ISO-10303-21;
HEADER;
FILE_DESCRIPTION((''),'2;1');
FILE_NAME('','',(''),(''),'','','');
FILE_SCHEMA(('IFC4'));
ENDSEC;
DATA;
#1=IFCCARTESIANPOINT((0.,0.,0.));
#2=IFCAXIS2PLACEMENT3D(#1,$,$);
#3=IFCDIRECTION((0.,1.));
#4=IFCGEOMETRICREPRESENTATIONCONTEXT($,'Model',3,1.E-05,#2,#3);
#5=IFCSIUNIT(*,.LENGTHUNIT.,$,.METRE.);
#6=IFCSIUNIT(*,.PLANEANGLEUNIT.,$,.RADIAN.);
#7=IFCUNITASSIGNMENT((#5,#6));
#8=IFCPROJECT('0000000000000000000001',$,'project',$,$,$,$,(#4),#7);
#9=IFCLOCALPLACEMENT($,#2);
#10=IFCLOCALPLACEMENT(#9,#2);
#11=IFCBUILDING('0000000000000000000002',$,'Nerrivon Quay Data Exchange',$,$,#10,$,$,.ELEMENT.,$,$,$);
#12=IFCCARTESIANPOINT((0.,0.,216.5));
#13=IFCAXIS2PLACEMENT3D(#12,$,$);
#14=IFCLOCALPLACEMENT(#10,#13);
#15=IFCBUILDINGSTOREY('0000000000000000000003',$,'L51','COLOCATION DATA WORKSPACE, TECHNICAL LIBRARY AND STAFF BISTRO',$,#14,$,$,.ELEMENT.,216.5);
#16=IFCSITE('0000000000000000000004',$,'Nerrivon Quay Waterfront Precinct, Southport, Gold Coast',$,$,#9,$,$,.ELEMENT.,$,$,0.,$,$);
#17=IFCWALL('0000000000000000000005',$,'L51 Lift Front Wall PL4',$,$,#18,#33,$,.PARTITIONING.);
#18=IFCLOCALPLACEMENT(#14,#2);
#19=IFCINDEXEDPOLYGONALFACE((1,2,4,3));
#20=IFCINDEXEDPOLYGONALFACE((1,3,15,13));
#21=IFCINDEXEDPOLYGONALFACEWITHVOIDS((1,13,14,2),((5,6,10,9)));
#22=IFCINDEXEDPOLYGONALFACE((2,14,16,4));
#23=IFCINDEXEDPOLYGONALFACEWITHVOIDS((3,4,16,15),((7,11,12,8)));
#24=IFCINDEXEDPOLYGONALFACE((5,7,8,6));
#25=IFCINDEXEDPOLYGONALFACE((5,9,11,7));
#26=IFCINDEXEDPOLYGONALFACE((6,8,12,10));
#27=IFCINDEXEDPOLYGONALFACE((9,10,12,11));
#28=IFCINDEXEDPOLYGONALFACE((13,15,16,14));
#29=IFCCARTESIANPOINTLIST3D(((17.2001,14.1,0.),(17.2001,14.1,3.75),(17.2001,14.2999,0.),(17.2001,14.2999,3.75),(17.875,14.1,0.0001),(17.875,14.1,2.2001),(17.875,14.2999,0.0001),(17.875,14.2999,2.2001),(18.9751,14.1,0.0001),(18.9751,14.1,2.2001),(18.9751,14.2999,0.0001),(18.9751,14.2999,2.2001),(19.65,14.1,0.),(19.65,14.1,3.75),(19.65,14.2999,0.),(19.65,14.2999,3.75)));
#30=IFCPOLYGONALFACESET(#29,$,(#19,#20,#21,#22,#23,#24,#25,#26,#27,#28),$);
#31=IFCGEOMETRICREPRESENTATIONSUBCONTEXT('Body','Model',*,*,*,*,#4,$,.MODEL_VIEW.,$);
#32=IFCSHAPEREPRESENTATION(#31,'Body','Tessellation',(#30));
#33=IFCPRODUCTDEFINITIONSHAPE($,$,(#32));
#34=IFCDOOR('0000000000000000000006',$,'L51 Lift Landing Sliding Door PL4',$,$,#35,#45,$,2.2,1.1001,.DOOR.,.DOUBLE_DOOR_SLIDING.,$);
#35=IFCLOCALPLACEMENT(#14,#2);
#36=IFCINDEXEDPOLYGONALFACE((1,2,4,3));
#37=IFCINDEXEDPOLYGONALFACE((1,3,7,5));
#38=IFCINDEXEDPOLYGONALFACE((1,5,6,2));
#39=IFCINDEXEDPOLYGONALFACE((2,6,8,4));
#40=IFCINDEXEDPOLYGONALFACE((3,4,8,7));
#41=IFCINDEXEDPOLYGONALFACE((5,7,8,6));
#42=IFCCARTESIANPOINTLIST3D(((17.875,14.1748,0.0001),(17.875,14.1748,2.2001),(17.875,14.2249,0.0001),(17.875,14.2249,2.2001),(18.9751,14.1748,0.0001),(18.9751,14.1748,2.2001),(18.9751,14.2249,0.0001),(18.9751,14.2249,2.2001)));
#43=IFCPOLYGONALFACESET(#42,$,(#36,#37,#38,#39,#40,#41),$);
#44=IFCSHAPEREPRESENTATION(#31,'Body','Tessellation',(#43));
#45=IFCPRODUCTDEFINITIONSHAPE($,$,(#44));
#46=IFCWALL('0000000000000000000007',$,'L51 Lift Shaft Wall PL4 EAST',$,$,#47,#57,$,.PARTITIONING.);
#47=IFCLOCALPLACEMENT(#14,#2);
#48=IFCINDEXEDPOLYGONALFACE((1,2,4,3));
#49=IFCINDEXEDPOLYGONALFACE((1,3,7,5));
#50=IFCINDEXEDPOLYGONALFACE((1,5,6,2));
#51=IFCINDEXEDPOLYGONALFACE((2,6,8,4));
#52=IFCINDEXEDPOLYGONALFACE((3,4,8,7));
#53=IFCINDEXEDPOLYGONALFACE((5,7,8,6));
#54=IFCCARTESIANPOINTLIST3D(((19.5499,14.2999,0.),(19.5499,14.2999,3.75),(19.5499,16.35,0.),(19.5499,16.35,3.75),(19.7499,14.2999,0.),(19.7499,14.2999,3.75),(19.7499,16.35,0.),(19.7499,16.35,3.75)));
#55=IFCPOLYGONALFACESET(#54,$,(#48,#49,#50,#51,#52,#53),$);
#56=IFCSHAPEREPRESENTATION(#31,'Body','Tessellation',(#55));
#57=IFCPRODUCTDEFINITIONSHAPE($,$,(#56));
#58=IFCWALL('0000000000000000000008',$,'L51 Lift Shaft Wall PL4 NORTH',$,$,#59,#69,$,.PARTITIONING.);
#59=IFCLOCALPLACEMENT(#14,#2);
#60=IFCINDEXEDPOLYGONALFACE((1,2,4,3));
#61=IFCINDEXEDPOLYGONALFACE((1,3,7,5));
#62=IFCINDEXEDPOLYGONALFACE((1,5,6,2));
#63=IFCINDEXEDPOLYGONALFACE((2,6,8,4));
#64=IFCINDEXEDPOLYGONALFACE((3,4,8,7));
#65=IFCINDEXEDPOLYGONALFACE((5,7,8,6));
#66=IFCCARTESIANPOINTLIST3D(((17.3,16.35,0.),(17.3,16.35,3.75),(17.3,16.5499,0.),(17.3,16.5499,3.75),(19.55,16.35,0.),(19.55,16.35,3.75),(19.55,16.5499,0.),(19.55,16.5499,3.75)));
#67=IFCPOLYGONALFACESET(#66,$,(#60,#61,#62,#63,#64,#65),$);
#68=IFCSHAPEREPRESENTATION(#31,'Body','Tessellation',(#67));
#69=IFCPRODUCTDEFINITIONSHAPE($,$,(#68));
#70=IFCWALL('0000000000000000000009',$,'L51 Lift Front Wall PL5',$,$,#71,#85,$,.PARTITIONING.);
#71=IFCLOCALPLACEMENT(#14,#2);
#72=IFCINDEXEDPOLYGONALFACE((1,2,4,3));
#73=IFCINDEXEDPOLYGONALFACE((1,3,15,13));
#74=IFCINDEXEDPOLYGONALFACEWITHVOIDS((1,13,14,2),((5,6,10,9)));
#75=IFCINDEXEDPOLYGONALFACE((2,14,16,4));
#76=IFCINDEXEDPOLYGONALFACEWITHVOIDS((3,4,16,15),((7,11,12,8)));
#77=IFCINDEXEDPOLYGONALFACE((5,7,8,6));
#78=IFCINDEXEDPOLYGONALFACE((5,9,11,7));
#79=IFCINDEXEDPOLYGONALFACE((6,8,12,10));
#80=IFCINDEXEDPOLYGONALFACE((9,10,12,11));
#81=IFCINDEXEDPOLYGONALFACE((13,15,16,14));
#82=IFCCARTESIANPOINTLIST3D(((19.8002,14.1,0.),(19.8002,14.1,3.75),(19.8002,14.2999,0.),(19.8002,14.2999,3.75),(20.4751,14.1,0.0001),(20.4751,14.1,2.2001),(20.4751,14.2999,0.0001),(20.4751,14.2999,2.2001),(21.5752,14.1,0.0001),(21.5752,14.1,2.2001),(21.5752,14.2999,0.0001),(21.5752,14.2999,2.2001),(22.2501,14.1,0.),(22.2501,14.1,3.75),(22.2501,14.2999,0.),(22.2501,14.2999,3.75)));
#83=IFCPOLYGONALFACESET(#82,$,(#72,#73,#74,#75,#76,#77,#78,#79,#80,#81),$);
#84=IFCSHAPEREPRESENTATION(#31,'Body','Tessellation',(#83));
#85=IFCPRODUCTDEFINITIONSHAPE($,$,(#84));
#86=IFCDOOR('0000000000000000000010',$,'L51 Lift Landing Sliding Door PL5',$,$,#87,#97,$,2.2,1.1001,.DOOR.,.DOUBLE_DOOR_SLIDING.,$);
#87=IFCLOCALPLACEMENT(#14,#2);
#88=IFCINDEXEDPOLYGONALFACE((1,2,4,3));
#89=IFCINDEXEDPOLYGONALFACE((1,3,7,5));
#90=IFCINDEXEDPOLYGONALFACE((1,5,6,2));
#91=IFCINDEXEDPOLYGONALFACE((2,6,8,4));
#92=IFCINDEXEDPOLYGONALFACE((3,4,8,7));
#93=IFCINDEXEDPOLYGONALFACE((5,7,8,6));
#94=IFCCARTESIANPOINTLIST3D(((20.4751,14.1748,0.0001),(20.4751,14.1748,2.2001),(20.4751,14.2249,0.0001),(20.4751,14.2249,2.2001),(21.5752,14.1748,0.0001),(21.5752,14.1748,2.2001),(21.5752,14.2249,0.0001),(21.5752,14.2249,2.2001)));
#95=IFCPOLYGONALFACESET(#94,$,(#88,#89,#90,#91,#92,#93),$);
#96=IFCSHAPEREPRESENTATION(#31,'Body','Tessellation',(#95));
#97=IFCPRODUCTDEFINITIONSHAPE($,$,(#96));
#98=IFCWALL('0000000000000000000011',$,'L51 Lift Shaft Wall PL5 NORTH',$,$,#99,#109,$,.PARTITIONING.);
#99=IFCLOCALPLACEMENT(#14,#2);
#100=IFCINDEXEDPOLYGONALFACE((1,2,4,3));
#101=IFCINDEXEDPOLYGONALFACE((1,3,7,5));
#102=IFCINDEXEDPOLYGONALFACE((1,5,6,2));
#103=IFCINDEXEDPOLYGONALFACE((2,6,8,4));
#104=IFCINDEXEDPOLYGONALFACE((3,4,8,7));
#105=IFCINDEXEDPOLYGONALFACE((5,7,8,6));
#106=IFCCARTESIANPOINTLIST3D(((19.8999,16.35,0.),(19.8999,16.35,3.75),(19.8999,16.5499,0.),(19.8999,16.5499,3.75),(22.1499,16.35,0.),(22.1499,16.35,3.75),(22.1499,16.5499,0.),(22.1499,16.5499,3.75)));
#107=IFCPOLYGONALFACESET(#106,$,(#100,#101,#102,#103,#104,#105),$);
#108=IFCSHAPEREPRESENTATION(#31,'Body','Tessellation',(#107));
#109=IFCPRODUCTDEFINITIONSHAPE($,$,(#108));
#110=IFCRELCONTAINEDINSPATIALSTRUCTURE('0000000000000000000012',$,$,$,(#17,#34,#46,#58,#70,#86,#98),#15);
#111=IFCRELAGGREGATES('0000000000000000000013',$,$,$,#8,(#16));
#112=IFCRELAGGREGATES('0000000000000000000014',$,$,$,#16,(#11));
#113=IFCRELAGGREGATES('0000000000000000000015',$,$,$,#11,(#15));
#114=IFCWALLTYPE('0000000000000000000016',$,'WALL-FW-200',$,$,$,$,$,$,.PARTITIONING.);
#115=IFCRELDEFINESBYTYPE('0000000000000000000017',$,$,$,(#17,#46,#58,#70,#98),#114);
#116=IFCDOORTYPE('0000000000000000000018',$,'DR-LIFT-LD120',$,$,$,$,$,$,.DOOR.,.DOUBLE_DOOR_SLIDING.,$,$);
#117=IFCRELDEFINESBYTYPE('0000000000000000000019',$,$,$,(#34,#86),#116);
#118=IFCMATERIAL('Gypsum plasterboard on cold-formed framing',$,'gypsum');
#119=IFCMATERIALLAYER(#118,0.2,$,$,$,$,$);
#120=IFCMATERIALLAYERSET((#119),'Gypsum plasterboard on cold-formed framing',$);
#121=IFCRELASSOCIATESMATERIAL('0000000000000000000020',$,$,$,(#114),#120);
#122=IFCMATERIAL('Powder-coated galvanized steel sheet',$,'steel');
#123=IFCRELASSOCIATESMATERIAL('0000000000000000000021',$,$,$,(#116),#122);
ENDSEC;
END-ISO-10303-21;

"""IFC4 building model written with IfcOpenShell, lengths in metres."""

from ifc_helpers import new_model, si_unit, direction, frame, frame_2d, origin, place, context, subcontext, project, spatial, rectangle, extrude, material, layer, layer_set, type_object, element, fill, save


model = new_model("IFC4")

# Units and contexts
model_context = context("Model", 3, precision=1e-05, world=origin(), true_north=direction((0.0, 1.0)))
body_context = subcontext(model_context, "Body", "Model", "MODEL_VIEW")
ifc_project = project(units=[si_unit("LENGTHUNIT", "METRE"), si_unit("PLANEANGLEUNIT", "RADIAN")], contexts=[model_context])

# Site, building, storey
site_placement = place(None, origin())
site = spatial("IfcSite", under=ifc_project, at=site_placement, Name="Nerrivon Quay Waterfront Precinct, Southport, Gold Coast", CompositionType="ELEMENT", RefElevation=0.0)
building_placement = place(site_placement, origin())
building = spatial("IfcBuilding", under=site, at=building_placement, Name="Nerrivon Quay Data Exchange", CompositionType="ELEMENT")
storey_placement = place(building_placement, frame((0.0, 0.0, 216.5)))
storey = spatial("IfcBuildingStorey", under=building, at=storey_placement, Name="L51", Description="COLOCATION DATA WORKSPACE, TECHNICAL LIBRARY AND STAFF BISTRO", CompositionType="ELEMENT", Elevation=216.5)

# Shared definitions
ifc_material_1 = material(Name="Powder-coated galvanized steel sheet", Category="steel")
ifc_material_2 = material(Name="Gypsum plasterboard on cold-formed framing", Category="gypsum")
ifc_layer_1 = layer(ifc_material_2, 0.2)
ifc_layer_set_1 = layer_set([ifc_layer_1], Name="Gypsum plasterboard on cold-formed framing")
wall_type_1 = type_object("IfcWallType", Name="WALL-FW-200", PredefinedType="PARTITIONING", material=ifc_layer_set_1)
door_type_1 = type_object("IfcDoorType", Name="DR-LIFT-LD120", OperationType="DOUBLE_DOOR_SLIDING", PredefinedType="DOOR", material=ifc_material_1)

# Wall, opening, door
wall_1_placement = place(storey_placement, frame((17.2, 14.2, 0.0), z_axis=(0.0, 0.0, 1.0), x_axis=(1.0, 0.0, 0.0)))
wall_1 = element("IfcWall", 1, at=wall_1_placement, inside=storey, type_object=wall_type_1, Name="L51 Lift Front Wall PL4", PredefinedType="PARTITIONING", context=body_context, shape_type="SweptSolid", body=[
    extrude(rectangle(XDim=2.45, YDim=0.2, at=frame_2d((1.2251, 0.0))), origin(), (0.0, 0.0, 1.0), 3.75),
])
opening_1_placement = place(wall_1_placement, frame((0.675, 0.0, 0.0)))
opening_1 = element("IfcOpeningElement", 2, at=opening_1_placement, cuts=wall_1, PredefinedType="OPENING", context=body_context, shape_type="SweptSolid", body=[
    extrude(rectangle(XDim=1.1001, YDim=2.2, at=frame_2d((0.55, 1.1001))), frame((0.0, 0.1099, 0.0), z_axis=(0.0, -1.0, 0.0), x_axis=(1.0, 0.0, 0.0)), (0.0, 0.0, 1.0), 0.22),
])
door_1_placement = place(opening_1_placement, origin())
door_1 = element("IfcDoor", 3, at=door_1_placement, inside=storey, type_object=door_type_1, Name="L51 Lift Landing Sliding Door PL4", OperationType="DOUBLE_DOOR_SLIDING", OverallHeight=2.2, OverallWidth=1.1001, PredefinedType="DOOR", context=body_context, shape_type="SweptSolid", body=[
    extrude(rectangle(XDim=1.1001, YDim=2.2, at=frame_2d((0.55, 1.1001))), frame((0.0, 0.0249, 0.0), z_axis=(0.0, -1.0, 0.0), x_axis=(1.0, 0.0, 0.0)), (0.0, 0.0, 1.0), 0.05),
])
fill(opening_1, door_1)

# Walls
wall_2_placement = place(storey_placement, frame((19.6499, 14.3, 0.0), z_axis=(0.0, 0.0, 1.0), x_axis=(0.0, 1.0, 0.0)))
element("IfcWall", 4, at=wall_2_placement, inside=storey, type_object=wall_type_1, Name="L51 Lift Shaft Wall PL4 EAST", PredefinedType="PARTITIONING", context=body_context, shape_type="SweptSolid", body=[
    extrude(rectangle(XDim=2.05, YDim=0.2, at=frame_2d((1.0249, 0.0))), origin(), (0.0, 0.0, 1.0), 3.75),
])
wall_3_placement = place(storey_placement, frame((17.3, 16.45, 0.0), z_axis=(0.0, 0.0, 1.0), x_axis=(1.0, 0.0, 0.0)))
element("IfcWall", 5, at=wall_3_placement, inside=storey, type_object=wall_type_1, Name="L51 Lift Shaft Wall PL4 NORTH", PredefinedType="PARTITIONING", context=body_context, shape_type="SweptSolid", body=[
    extrude(rectangle(XDim=2.25, YDim=0.2, at=frame_2d((1.125, 0.0))), origin(), (0.0, 0.0, 1.0), 3.75),
])

# Wall, opening, door
wall_4_placement = place(storey_placement, frame((19.8, 14.2, 0.0), z_axis=(0.0, 0.0, 1.0), x_axis=(1.0, 0.0, 0.0)))
wall_4 = element("IfcWall", 6, at=wall_4_placement, inside=storey, type_object=wall_type_1, Name="L51 Lift Front Wall PL5", PredefinedType="PARTITIONING", context=body_context, shape_type="SweptSolid", body=[
    extrude(rectangle(XDim=2.45, YDim=0.2, at=frame_2d((1.2251, 0.0))), origin(), (0.0, 0.0, 1.0), 3.75),
])
opening_2_placement = place(wall_4_placement, frame((0.675, 0.0, 0.0)))
opening_2 = element("IfcOpeningElement", 7, at=opening_2_placement, cuts=wall_4, PredefinedType="OPENING", context=body_context, shape_type="SweptSolid", body=[
    extrude(rectangle(XDim=1.1001, YDim=2.2, at=frame_2d((0.55, 1.1001))), frame((0.0, 0.1099, 0.0), z_axis=(0.0, -1.0, 0.0), x_axis=(1.0, 0.0, 0.0)), (0.0, 0.0, 1.0), 0.22),
])
door_2_placement = place(opening_2_placement, origin())
door_2 = element("IfcDoor", 8, at=door_2_placement, inside=storey, type_object=door_type_1, Name="L51 Lift Landing Sliding Door PL5", OperationType="DOUBLE_DOOR_SLIDING", OverallHeight=2.2, OverallWidth=1.1001, PredefinedType="DOOR", context=body_context, shape_type="SweptSolid", body=[
    extrude(rectangle(XDim=1.1001, YDim=2.2, at=frame_2d((0.55, 1.1001))), frame((0.0, 0.0249, 0.0), z_axis=(0.0, -1.0, 0.0), x_axis=(1.0, 0.0, 0.0)), (0.0, 0.0, 1.0), 0.05),
])
fill(opening_2, door_2)

# Wall
wall_5_placement = place(storey_placement, frame((19.8999, 16.45, 0.0), z_axis=(0.0, 0.0, 1.0), x_axis=(1.0, 0.0, 0.0)))
element("IfcWall", 9, at=wall_5_placement, inside=storey, type_object=wall_type_1, Name="L51 Lift Shaft Wall PL5 NORTH", PredefinedType="PARTITIONING", context=body_context, shape_type="SweptSolid", body=[
    extrude(rectangle(XDim=2.25, YDim=0.2, at=frame_2d((1.125, 0.0))), origin(), (0.0, 0.0, 1.0), 3.75),
])

save(model, "model.ifc")
